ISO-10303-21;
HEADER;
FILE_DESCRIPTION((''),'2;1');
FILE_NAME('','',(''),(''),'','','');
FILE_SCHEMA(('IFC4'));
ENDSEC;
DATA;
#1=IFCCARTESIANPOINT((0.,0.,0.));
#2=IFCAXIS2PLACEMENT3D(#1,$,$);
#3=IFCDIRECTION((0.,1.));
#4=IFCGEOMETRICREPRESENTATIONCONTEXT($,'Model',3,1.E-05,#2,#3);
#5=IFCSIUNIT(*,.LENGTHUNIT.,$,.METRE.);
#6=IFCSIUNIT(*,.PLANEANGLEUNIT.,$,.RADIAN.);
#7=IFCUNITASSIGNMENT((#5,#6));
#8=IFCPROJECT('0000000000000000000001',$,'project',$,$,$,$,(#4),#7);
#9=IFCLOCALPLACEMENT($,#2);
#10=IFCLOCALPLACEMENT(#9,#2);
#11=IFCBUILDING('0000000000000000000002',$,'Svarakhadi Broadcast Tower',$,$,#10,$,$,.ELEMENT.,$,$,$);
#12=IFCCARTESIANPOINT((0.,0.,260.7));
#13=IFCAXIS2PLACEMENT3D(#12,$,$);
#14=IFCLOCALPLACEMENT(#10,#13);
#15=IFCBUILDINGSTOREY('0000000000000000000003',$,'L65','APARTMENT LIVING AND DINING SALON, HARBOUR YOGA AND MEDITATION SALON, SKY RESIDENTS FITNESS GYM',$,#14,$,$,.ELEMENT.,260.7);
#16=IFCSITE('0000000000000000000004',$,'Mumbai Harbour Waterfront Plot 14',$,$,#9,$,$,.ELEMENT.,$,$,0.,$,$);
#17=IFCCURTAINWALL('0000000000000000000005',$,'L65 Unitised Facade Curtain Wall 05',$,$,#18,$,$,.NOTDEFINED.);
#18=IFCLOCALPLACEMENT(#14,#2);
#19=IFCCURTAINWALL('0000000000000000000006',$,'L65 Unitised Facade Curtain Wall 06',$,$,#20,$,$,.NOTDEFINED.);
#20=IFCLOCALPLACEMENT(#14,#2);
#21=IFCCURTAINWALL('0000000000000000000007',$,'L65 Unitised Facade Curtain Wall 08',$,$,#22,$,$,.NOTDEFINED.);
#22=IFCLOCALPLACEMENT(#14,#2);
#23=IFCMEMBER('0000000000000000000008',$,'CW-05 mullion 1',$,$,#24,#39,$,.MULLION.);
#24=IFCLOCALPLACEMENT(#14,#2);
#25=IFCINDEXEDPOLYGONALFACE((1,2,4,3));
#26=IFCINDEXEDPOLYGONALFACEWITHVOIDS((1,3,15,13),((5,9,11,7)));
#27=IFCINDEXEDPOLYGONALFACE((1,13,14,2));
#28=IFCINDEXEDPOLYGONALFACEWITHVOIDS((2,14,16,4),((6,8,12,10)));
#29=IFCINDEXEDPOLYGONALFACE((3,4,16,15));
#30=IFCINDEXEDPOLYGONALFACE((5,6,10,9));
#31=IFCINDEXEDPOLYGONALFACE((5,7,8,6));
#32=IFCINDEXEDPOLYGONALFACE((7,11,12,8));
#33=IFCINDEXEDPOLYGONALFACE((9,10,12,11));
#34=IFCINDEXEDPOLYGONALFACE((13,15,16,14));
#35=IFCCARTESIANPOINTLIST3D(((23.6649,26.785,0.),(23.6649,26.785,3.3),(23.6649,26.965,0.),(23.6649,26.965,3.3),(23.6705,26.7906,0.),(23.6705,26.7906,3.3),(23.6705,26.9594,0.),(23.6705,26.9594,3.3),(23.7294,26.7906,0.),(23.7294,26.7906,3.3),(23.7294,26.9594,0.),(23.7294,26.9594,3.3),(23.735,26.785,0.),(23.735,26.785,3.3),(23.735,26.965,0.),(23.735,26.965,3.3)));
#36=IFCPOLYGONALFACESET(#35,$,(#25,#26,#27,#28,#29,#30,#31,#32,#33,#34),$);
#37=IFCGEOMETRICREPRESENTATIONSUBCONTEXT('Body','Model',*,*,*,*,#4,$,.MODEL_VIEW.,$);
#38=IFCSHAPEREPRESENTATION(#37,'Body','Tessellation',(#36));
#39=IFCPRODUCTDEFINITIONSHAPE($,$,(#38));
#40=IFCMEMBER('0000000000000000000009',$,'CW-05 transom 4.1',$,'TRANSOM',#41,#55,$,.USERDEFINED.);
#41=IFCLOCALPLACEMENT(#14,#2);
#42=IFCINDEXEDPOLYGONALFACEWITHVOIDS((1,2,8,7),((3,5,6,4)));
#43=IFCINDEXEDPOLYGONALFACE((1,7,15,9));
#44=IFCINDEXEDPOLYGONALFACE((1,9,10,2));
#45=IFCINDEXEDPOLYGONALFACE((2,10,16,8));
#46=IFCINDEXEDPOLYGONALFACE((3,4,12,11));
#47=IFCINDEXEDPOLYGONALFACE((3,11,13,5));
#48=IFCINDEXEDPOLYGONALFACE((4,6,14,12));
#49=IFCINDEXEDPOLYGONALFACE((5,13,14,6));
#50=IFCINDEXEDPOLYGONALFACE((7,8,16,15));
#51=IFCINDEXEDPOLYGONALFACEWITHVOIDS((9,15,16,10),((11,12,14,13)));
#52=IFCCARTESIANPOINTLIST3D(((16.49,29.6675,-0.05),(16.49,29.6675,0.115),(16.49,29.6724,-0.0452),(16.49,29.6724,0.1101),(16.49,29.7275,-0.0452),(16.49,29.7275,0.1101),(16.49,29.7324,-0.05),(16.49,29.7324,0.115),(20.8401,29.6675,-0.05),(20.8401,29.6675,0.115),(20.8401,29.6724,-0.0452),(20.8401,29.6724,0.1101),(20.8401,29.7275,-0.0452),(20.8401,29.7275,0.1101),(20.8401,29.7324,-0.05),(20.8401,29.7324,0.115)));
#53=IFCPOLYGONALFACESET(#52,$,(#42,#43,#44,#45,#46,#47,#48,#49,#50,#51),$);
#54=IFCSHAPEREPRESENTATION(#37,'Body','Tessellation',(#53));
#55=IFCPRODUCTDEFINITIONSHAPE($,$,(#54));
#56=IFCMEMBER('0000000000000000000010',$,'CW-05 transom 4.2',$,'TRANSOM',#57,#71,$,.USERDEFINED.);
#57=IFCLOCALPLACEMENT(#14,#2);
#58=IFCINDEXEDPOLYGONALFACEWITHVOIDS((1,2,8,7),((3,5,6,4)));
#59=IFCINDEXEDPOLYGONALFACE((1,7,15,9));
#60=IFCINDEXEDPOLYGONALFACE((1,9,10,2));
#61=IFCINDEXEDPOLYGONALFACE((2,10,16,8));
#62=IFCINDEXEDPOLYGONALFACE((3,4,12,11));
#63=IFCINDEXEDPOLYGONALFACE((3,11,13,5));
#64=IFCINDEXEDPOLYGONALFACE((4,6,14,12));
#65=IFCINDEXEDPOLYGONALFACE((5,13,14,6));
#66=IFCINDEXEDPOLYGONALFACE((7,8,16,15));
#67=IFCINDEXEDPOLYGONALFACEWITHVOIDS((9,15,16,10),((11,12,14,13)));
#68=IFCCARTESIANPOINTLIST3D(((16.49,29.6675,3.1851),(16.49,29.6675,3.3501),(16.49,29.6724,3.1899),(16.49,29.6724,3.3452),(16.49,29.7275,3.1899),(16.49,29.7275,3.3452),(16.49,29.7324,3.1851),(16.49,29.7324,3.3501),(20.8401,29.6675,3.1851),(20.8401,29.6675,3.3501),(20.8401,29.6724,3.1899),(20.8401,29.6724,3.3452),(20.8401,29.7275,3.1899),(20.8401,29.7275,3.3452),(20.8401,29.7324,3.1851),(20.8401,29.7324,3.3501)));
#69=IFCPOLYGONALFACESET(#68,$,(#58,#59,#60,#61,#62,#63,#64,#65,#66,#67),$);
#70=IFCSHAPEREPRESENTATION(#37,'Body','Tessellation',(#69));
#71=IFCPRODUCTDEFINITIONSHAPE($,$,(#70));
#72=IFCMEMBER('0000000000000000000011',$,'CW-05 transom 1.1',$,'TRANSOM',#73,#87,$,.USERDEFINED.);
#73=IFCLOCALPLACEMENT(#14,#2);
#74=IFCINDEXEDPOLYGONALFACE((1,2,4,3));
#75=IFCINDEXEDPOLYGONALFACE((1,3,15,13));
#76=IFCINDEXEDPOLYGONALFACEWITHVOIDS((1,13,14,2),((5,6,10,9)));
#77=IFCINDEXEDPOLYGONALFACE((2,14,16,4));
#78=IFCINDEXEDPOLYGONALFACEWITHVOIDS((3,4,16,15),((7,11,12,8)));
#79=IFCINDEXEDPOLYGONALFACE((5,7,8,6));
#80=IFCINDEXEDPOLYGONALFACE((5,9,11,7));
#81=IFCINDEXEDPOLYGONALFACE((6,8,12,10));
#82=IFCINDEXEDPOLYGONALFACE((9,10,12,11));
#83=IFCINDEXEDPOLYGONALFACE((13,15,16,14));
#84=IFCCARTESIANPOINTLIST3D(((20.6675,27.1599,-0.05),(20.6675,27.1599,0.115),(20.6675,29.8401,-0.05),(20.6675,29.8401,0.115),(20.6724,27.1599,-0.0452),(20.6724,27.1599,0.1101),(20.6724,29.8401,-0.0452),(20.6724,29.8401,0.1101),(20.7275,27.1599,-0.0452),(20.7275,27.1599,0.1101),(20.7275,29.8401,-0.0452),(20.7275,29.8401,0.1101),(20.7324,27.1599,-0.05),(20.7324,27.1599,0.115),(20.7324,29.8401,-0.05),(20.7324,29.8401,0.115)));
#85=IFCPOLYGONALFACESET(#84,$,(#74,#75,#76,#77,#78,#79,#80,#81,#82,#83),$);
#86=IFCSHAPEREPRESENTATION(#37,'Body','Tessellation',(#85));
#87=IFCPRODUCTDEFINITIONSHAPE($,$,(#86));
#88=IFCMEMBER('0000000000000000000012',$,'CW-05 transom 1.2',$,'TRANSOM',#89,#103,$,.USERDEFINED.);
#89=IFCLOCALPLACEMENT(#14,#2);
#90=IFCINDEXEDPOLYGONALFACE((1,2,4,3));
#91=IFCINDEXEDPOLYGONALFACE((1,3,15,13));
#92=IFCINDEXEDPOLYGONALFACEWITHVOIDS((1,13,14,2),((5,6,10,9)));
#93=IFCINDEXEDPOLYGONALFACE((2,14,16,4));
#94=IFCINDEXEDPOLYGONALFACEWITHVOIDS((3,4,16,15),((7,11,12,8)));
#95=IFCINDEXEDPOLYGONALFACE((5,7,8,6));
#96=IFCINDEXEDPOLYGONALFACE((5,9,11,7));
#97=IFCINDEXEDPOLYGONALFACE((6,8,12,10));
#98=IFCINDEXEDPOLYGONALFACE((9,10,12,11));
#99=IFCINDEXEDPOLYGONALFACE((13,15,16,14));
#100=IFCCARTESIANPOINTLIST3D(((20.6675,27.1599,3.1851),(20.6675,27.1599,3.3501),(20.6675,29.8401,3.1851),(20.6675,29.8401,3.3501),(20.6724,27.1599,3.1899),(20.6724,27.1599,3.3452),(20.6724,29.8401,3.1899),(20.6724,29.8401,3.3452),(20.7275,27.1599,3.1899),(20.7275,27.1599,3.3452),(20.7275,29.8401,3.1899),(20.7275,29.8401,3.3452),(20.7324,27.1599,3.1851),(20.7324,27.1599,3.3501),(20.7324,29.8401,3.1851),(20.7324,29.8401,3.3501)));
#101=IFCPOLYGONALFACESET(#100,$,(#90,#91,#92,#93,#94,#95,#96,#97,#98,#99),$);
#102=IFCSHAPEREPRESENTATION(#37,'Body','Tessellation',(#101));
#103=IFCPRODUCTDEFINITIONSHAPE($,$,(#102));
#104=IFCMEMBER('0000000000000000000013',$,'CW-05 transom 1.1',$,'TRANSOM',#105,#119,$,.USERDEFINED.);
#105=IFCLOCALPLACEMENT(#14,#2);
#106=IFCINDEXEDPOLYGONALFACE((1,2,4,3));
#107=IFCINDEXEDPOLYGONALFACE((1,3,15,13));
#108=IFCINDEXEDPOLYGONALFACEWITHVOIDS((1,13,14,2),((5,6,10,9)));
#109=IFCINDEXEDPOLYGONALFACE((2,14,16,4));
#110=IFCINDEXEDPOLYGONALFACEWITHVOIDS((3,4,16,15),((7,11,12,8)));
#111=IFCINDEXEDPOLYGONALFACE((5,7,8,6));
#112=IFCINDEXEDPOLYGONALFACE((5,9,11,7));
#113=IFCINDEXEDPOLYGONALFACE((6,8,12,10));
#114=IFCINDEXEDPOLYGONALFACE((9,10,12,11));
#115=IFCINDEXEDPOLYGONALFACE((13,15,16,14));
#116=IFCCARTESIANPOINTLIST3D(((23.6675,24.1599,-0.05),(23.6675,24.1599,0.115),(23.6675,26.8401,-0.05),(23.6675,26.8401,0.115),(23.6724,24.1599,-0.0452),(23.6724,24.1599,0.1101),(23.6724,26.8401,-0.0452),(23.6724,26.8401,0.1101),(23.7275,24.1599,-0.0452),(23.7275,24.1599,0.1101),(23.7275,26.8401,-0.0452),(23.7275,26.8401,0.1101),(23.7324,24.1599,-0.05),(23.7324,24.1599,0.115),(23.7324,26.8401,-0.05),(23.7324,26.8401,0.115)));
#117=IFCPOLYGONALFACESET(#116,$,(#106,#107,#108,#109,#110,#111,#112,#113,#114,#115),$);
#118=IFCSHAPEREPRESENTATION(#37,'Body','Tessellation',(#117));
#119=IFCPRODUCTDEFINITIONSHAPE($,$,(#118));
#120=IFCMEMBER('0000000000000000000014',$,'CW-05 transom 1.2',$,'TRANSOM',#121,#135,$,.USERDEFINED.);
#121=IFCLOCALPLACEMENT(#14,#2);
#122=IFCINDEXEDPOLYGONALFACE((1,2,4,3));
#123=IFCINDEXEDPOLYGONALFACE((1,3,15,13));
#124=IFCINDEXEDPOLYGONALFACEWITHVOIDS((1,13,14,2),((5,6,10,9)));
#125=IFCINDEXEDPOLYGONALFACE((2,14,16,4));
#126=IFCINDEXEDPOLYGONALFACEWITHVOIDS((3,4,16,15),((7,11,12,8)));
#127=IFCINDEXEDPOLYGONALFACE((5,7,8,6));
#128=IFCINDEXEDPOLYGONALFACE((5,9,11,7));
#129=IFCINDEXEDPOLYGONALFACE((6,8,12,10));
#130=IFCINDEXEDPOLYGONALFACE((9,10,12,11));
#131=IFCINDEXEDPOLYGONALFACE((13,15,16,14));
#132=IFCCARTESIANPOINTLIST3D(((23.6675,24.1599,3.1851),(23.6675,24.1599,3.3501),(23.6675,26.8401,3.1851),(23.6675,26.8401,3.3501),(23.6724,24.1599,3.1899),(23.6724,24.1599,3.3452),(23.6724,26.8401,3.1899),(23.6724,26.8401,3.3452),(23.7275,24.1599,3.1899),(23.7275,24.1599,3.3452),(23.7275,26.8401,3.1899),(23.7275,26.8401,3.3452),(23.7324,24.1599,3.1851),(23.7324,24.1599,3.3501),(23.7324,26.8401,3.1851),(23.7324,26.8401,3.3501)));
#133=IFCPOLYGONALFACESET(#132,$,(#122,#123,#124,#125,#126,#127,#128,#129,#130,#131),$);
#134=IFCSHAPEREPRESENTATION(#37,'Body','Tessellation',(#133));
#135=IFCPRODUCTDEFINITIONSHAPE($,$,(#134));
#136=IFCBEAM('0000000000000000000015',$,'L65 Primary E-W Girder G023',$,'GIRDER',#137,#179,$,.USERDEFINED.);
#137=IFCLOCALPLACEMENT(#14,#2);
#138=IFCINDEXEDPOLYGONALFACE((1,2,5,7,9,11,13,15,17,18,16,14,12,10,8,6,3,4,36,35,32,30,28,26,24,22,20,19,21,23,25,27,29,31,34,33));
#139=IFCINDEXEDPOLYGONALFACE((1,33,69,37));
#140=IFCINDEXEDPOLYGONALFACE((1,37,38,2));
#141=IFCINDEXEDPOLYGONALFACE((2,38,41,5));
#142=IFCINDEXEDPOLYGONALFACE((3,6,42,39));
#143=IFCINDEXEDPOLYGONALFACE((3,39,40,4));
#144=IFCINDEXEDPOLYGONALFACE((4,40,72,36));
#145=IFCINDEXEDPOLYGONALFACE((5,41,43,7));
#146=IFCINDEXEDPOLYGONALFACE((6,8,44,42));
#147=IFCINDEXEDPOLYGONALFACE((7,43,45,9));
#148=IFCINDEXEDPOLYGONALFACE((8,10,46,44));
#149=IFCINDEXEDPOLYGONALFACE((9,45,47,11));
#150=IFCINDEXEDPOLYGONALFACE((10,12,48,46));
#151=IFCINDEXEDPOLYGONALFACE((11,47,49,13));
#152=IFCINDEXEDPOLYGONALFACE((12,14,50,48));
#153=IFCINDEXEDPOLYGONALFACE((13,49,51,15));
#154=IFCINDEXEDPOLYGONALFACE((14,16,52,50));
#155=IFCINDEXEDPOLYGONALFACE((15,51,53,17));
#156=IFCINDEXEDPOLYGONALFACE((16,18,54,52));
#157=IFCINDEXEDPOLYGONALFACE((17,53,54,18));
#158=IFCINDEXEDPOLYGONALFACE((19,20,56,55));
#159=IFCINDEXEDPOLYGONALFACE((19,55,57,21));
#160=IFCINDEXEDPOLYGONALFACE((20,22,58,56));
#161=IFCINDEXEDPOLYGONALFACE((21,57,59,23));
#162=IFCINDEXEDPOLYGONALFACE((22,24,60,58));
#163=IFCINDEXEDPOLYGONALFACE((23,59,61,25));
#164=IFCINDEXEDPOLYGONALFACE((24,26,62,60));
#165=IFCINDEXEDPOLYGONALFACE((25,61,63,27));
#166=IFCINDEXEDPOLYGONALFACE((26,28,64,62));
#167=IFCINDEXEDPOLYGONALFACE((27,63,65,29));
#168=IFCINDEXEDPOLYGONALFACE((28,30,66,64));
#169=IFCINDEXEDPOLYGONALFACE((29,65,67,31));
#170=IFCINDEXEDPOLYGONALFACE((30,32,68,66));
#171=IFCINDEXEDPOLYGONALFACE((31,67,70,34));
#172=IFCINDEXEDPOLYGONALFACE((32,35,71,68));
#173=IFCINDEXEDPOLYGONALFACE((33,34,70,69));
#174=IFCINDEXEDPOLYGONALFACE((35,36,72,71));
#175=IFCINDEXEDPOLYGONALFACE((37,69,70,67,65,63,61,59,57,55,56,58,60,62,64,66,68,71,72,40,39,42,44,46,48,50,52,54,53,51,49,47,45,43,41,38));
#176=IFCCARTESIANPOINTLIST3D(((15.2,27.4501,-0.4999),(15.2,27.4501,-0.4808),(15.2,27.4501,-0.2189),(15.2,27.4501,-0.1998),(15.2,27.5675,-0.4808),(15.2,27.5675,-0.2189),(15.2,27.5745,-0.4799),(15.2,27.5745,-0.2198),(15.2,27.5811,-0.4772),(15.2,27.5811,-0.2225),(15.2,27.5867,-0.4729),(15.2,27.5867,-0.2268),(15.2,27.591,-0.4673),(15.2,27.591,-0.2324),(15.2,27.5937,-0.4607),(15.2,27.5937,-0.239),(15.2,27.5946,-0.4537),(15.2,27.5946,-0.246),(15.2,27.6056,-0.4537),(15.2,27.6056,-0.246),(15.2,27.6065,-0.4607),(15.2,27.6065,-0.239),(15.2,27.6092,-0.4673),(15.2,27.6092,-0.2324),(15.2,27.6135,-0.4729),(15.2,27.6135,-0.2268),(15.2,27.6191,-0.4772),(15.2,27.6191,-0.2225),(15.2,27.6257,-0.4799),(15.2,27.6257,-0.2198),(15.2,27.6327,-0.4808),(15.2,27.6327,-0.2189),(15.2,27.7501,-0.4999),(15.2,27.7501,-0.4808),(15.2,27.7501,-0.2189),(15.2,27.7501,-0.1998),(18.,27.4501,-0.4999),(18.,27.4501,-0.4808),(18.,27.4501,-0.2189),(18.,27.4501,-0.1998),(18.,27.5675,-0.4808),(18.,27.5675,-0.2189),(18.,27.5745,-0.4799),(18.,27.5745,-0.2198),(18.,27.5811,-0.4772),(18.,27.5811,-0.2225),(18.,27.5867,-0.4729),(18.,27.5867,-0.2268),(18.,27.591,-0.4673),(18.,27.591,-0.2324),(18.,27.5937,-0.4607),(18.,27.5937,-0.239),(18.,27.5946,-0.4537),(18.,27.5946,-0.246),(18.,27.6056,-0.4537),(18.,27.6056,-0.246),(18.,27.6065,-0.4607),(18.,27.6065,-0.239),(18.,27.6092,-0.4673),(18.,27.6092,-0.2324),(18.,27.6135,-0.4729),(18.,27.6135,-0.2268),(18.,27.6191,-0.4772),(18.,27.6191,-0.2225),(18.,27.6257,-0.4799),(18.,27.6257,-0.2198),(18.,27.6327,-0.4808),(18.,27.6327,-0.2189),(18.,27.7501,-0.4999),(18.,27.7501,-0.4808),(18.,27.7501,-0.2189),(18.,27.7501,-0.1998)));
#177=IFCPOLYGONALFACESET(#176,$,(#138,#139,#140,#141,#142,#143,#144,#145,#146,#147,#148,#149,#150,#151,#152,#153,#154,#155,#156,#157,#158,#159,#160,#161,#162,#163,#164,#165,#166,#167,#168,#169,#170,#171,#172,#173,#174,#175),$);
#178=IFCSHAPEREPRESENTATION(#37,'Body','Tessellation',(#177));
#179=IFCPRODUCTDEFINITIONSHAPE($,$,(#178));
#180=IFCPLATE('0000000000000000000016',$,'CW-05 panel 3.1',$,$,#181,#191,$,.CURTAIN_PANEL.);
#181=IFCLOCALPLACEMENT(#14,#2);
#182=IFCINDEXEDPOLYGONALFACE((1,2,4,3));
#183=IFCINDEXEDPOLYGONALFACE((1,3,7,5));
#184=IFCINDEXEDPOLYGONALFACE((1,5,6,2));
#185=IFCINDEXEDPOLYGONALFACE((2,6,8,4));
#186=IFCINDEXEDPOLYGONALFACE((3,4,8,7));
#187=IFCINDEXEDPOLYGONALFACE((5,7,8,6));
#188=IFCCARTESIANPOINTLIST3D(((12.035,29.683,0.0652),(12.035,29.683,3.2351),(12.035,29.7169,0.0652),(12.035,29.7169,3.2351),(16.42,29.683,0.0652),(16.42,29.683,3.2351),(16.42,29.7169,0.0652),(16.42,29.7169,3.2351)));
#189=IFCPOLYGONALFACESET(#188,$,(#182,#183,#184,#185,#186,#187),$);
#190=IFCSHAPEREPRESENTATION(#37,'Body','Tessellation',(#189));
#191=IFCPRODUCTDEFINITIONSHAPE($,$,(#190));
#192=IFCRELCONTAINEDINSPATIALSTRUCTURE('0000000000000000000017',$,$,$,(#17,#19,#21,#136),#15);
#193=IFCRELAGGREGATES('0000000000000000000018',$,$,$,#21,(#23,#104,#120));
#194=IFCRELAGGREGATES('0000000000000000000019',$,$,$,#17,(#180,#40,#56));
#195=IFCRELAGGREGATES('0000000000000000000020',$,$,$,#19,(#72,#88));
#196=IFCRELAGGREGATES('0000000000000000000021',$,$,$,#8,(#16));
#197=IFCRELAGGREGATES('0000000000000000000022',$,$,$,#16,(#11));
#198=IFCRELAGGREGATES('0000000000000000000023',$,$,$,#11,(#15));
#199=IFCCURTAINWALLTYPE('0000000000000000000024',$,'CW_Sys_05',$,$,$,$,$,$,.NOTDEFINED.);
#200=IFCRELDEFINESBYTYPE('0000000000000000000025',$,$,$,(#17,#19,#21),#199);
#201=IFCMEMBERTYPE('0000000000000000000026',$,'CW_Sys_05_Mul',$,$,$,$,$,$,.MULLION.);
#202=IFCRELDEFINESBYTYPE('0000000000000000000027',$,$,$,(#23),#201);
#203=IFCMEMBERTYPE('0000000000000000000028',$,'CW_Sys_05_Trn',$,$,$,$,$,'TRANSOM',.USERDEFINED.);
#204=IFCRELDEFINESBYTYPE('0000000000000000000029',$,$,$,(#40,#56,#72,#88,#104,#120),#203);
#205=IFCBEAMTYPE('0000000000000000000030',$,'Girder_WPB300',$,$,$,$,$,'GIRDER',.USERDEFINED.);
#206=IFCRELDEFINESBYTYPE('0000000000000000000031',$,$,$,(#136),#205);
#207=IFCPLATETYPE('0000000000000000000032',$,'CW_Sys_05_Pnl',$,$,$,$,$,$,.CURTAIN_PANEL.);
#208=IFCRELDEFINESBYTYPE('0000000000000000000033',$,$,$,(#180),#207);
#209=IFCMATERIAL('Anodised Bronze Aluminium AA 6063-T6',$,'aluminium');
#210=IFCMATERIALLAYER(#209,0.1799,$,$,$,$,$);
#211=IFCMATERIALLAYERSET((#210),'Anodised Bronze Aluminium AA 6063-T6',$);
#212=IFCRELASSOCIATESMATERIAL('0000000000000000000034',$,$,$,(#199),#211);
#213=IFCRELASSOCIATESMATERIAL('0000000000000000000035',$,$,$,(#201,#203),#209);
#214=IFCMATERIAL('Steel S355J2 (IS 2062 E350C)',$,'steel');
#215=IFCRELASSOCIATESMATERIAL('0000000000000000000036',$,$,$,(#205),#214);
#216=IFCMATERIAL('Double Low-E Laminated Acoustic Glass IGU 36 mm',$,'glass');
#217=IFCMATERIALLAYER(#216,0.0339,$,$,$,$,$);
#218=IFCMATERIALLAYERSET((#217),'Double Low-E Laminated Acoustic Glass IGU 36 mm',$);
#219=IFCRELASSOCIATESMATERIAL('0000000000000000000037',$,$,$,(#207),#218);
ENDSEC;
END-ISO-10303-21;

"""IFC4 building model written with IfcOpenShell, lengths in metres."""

from ifc_helpers import new_model, si_unit, direction, frame, origin, origin_2d, place, context, subcontext, project, spatial, rectangle, hollow_rectangle, i_section, extrude, material, layer, layer_set, material_profile, profile_set, type_object, element, aggregate, save


model = new_model("IFC4")

# Units and contexts
model_context = context("Model", 3, precision=1e-05, world=origin(), true_north=direction((0.0, 1.0)))
body_context = subcontext(model_context, "Body", "Model", "MODEL_VIEW")
ifc_project = project(units=[si_unit("LENGTHUNIT", "METRE"), si_unit("PLANEANGLEUNIT", "RADIAN")], contexts=[model_context])

# Site, building, storey
site_placement = place(None, origin())
site = spatial("IfcSite", under=ifc_project, at=site_placement, Name="Mumbai Harbour Waterfront Plot 14", CompositionType="ELEMENT", RefElevation=0.0)
building_placement = place(site_placement, origin())
building = spatial("IfcBuilding", under=site, at=building_placement, Name="Svarakhadi Broadcast Tower", CompositionType="ELEMENT")
storey_placement = place(building_placement, frame((0.0, 0.0, 260.7)))
storey = spatial("IfcBuildingStorey", under=building, at=storey_placement, Name="L65", Description="APARTMENT LIVING AND DINING SALON, HARBOUR YOGA AND MEDITATION SALON, SKY RESIDENTS FITNESS GYM", CompositionType="ELEMENT", Elevation=260.7)

# Curtain walls
ifc_material_1 = material(Name="Anodised Bronze Aluminium AA 6063-T6", Category="aluminium")
ifc_layer_1 = layer(ifc_material_1, 0.1799)
ifc_layer_set_1 = layer_set([ifc_layer_1], Name="Anodised Bronze Aluminium AA 6063-T6")
curtain_wall_type = type_object("IfcCurtainWallType", Name="CW_Sys_05", PredefinedType="NOTDEFINED", material=ifc_layer_set_1)
curtain_wall_1_placement = place(storey_placement, origin())
curtain_wall_1 = element("IfcCurtainWall", 1, at=curtain_wall_1_placement, inside=storey, type_object=curtain_wall_type, Name="L65 Unitised Facade Curtain Wall 05", PredefinedType="NOTDEFINED")
ifc_material_profile_1 = material_profile(ifc_material_1, hollow_rectangle(XDim=0.0701, YDim=0.1799, WallThickness=0.0056, at=origin_2d()), Name="ALU MULLION 180x70x6")
ifc_profile_set_1 = profile_set([ifc_material_profile_1], Name="Anodised Bronze Aluminium AA 6063-T6")
member_type_1 = type_object("IfcMemberType", Name="CW_Sys_05_Mul", PredefinedType="MULLION", material=ifc_profile_set_1)
curtain_wall_2_placement = place(storey_placement, origin())
curtain_wall_2 = element("IfcCurtainWall", 2, at=curtain_wall_2_placement, inside=storey, type_object=curtain_wall_type, Name="L65 Unitised Facade Curtain Wall 06", PredefinedType="NOTDEFINED")

# Curtain wall, member
curtain_wall_3_placement = place(storey_placement, origin())
curtain_wall_3 = element("IfcCurtainWall", 3, at=curtain_wall_3_placement, inside=storey, type_object=curtain_wall_type, Name="L65 Unitised Facade Curtain Wall 08", PredefinedType="NOTDEFINED")
member_1_placement = place(storey_placement, frame((23.7, 26.875, 0.0), z_axis=(0.0, 0.0, 1.0), x_axis=(1.0, 0.0, 0.0)))
member_1 = element("IfcMember", 4, at=member_1_placement, type_object=member_type_1, Name="CW-05 mullion 1", PredefinedType="MULLION", context=body_context, shape_type="SweptSolid", body=[
    extrude(hollow_rectangle(XDim=0.0701, YDim=0.1799, WallThickness=0.0056, at=origin_2d()), origin(), (0.0, 0.0, 1.0), 3.3),
])

# Members
ifc_material_profile_2 = material_profile(ifc_material_1, hollow_rectangle(XDim=0.0649, YDim=0.165, WallThickness=0.0049, at=origin_2d()), Name="ALU TRANSOM 165x65x5")
ifc_profile_set_2 = profile_set([ifc_material_profile_2], Name="Anodised Bronze Aluminium AA 6063-T6")
member_type_2 = type_object("IfcMemberType", Name="CW_Sys_05_Trn", ElementType="TRANSOM", PredefinedType="USERDEFINED", material=ifc_profile_set_2)
member_2_placement = place(storey_placement, frame((16.49, 29.7, 0.0325), z_axis=(1.0, 0.0, 0.0), x_axis=(0.0, 1.0, 0.0)))
member_2 = element("IfcMember", 5, at=member_2_placement, type_object=member_type_2, Name="CW-05 transom 4.1", ObjectType="TRANSOM", PredefinedType="USERDEFINED", context=body_context, shape_type="SweptSolid", body=[
    extrude(hollow_rectangle(XDim=0.0649, YDim=0.165, WallThickness=0.0049, at=origin_2d()), origin(), (0.0, 0.0, 1.0), 4.3501),
])
member_3_placement = place(storey_placement, frame((16.49, 29.7, 3.2676), z_axis=(1.0, 0.0, 0.0), x_axis=(0.0, 1.0, 0.0)))
member_3 = element("IfcMember", 6, at=member_3_placement, type_object=member_type_2, Name="CW-05 transom 4.2", ObjectType="TRANSOM", PredefinedType="USERDEFINED", context=body_context, shape_type="SweptSolid", body=[
    extrude(hollow_rectangle(XDim=0.0649, YDim=0.165, WallThickness=0.0049, at=origin_2d()), origin(), (0.0, 0.0, 1.0), 4.3501),
])
member_4_placement = place(storey_placement, frame((20.7, 29.8401, 0.0325), z_axis=(0.0, -1.0, 0.0), x_axis=(1.0, 0.0, 0.0)))
member_4 = element("IfcMember", 7, at=member_4_placement, type_object=member_type_2, Name="CW-05 transom 1.1", ObjectType="TRANSOM", PredefinedType="USERDEFINED", context=body_context, shape_type="SweptSolid", body=[
    extrude(hollow_rectangle(XDim=0.0649, YDim=0.165, WallThickness=0.0049, at=origin_2d()), origin(), (0.0, 0.0, 1.0), 2.6802),
])
member_5_placement = place(storey_placement, frame((20.7, 29.8401, 3.2676), z_axis=(0.0, -1.0, 0.0), x_axis=(1.0, 0.0, 0.0)))
member_5 = element("IfcMember", 8, at=member_5_placement, type_object=member_type_2, Name="CW-05 transom 1.2", ObjectType="TRANSOM", PredefinedType="USERDEFINED", context=body_context, shape_type="SweptSolid", body=[
    extrude(hollow_rectangle(XDim=0.0649, YDim=0.165, WallThickness=0.0049, at=origin_2d()), origin(), (0.0, 0.0, 1.0), 2.6802),
])
member_6_placement = place(storey_placement, frame((23.7, 26.8401, 0.0325), z_axis=(0.0, -1.0, 0.0), x_axis=(1.0, 0.0, 0.0)))
member_6 = element("IfcMember", 9, at=member_6_placement, type_object=member_type_2, Name="CW-05 transom 1.1", ObjectType="TRANSOM", PredefinedType="USERDEFINED", context=body_context, shape_type="SweptSolid", body=[
    extrude(hollow_rectangle(XDim=0.0649, YDim=0.165, WallThickness=0.0049, at=origin_2d()), origin(), (0.0, 0.0, 1.0), 2.6802),
])
member_7_placement = place(storey_placement, frame((23.7, 26.8401, 3.2676), z_axis=(0.0, -1.0, 0.0), x_axis=(1.0, 0.0, 0.0)))
member_7 = element("IfcMember", 10, at=member_7_placement, type_object=member_type_2, Name="CW-05 transom 1.2", ObjectType="TRANSOM", PredefinedType="USERDEFINED", context=body_context, shape_type="SweptSolid", body=[
    extrude(hollow_rectangle(XDim=0.0649, YDim=0.165, WallThickness=0.0049, at=origin_2d()), origin(), (0.0, 0.0, 1.0), 2.6802),
])
aggregate(curtain_wall_3, [member_1, member_6, member_7])

# Beam
ifc_material_2 = material(Name="Steel S355J2 (IS 2062 E350C)", Category="steel")
ifc_material_profile_3 = material_profile(ifc_material_2, i_section(OverallWidth=0.3, OverallDepth=0.3, WebThickness=0.011, FlangeThickness=0.019, FilletRadius=0.0271, at=origin_2d()), Name="WPB 300x300x117")
ifc_profile_set_3 = profile_set([ifc_material_profile_3], Name="Steel S355J2 (IS 2062 E350C)")
beam_type = type_object("IfcBeamType", Name="Girder_WPB300", ElementType="GIRDER", PredefinedType="USERDEFINED", material=ifc_profile_set_3)
beam_placement = place(storey_placement, frame((15.2, 27.6001, -0.3499), z_axis=(1.0, 0.0, 0.0), x_axis=(0.0, 1.0, 0.0)))
element("IfcBeam", 11, at=beam_placement, inside=storey, type_object=beam_type, Name="L65 Primary E-W Girder G023", ObjectType="GIRDER", PredefinedType="USERDEFINED", context=body_context, shape_type="SweptSolid", body=[
    extrude(i_section(OverallWidth=0.3, OverallDepth=0.3, WebThickness=0.011, FlangeThickness=0.019, FilletRadius=0.0271, at=origin_2d()), origin(), (0.0, 0.0, 1.0), 2.8),
])

# Plate
ifc_material_3 = material(Name="Double Low-E Laminated Acoustic Glass IGU 36 mm", Category="glass")
ifc_layer_2 = layer(ifc_material_3, 0.0339)
ifc_layer_set_2 = layer_set([ifc_layer_2], Name="Double Low-E Laminated Acoustic Glass IGU 36 mm")
plate_type = type_object("IfcPlateType", Name="CW_Sys_05_Pnl", PredefinedType="CURTAIN_PANEL", material=ifc_layer_set_2)
plate_1_placement = place(storey_placement, frame((14.2275, 29.7, 0.0652), z_axis=(0.0, 0.0, 1.0), x_axis=(1.0, 0.0, 0.0)))
plate_1 = element("IfcPlate", 12, at=plate_1_placement, type_object=plate_type, Name="CW-05 panel 3.1", PredefinedType="CURTAIN_PANEL", context=body_context, shape_type="SweptSolid", body=[
    extrude(rectangle(XDim=4.385, YDim=0.0339, at=origin_2d()), origin(), (0.0, 0.0, 1.0), 3.1699),
])
aggregate(curtain_wall_1, [plate_1, member_2, member_3])
aggregate(curtain_wall_2, [member_4, member_5])

save(model, "model.ifc")
